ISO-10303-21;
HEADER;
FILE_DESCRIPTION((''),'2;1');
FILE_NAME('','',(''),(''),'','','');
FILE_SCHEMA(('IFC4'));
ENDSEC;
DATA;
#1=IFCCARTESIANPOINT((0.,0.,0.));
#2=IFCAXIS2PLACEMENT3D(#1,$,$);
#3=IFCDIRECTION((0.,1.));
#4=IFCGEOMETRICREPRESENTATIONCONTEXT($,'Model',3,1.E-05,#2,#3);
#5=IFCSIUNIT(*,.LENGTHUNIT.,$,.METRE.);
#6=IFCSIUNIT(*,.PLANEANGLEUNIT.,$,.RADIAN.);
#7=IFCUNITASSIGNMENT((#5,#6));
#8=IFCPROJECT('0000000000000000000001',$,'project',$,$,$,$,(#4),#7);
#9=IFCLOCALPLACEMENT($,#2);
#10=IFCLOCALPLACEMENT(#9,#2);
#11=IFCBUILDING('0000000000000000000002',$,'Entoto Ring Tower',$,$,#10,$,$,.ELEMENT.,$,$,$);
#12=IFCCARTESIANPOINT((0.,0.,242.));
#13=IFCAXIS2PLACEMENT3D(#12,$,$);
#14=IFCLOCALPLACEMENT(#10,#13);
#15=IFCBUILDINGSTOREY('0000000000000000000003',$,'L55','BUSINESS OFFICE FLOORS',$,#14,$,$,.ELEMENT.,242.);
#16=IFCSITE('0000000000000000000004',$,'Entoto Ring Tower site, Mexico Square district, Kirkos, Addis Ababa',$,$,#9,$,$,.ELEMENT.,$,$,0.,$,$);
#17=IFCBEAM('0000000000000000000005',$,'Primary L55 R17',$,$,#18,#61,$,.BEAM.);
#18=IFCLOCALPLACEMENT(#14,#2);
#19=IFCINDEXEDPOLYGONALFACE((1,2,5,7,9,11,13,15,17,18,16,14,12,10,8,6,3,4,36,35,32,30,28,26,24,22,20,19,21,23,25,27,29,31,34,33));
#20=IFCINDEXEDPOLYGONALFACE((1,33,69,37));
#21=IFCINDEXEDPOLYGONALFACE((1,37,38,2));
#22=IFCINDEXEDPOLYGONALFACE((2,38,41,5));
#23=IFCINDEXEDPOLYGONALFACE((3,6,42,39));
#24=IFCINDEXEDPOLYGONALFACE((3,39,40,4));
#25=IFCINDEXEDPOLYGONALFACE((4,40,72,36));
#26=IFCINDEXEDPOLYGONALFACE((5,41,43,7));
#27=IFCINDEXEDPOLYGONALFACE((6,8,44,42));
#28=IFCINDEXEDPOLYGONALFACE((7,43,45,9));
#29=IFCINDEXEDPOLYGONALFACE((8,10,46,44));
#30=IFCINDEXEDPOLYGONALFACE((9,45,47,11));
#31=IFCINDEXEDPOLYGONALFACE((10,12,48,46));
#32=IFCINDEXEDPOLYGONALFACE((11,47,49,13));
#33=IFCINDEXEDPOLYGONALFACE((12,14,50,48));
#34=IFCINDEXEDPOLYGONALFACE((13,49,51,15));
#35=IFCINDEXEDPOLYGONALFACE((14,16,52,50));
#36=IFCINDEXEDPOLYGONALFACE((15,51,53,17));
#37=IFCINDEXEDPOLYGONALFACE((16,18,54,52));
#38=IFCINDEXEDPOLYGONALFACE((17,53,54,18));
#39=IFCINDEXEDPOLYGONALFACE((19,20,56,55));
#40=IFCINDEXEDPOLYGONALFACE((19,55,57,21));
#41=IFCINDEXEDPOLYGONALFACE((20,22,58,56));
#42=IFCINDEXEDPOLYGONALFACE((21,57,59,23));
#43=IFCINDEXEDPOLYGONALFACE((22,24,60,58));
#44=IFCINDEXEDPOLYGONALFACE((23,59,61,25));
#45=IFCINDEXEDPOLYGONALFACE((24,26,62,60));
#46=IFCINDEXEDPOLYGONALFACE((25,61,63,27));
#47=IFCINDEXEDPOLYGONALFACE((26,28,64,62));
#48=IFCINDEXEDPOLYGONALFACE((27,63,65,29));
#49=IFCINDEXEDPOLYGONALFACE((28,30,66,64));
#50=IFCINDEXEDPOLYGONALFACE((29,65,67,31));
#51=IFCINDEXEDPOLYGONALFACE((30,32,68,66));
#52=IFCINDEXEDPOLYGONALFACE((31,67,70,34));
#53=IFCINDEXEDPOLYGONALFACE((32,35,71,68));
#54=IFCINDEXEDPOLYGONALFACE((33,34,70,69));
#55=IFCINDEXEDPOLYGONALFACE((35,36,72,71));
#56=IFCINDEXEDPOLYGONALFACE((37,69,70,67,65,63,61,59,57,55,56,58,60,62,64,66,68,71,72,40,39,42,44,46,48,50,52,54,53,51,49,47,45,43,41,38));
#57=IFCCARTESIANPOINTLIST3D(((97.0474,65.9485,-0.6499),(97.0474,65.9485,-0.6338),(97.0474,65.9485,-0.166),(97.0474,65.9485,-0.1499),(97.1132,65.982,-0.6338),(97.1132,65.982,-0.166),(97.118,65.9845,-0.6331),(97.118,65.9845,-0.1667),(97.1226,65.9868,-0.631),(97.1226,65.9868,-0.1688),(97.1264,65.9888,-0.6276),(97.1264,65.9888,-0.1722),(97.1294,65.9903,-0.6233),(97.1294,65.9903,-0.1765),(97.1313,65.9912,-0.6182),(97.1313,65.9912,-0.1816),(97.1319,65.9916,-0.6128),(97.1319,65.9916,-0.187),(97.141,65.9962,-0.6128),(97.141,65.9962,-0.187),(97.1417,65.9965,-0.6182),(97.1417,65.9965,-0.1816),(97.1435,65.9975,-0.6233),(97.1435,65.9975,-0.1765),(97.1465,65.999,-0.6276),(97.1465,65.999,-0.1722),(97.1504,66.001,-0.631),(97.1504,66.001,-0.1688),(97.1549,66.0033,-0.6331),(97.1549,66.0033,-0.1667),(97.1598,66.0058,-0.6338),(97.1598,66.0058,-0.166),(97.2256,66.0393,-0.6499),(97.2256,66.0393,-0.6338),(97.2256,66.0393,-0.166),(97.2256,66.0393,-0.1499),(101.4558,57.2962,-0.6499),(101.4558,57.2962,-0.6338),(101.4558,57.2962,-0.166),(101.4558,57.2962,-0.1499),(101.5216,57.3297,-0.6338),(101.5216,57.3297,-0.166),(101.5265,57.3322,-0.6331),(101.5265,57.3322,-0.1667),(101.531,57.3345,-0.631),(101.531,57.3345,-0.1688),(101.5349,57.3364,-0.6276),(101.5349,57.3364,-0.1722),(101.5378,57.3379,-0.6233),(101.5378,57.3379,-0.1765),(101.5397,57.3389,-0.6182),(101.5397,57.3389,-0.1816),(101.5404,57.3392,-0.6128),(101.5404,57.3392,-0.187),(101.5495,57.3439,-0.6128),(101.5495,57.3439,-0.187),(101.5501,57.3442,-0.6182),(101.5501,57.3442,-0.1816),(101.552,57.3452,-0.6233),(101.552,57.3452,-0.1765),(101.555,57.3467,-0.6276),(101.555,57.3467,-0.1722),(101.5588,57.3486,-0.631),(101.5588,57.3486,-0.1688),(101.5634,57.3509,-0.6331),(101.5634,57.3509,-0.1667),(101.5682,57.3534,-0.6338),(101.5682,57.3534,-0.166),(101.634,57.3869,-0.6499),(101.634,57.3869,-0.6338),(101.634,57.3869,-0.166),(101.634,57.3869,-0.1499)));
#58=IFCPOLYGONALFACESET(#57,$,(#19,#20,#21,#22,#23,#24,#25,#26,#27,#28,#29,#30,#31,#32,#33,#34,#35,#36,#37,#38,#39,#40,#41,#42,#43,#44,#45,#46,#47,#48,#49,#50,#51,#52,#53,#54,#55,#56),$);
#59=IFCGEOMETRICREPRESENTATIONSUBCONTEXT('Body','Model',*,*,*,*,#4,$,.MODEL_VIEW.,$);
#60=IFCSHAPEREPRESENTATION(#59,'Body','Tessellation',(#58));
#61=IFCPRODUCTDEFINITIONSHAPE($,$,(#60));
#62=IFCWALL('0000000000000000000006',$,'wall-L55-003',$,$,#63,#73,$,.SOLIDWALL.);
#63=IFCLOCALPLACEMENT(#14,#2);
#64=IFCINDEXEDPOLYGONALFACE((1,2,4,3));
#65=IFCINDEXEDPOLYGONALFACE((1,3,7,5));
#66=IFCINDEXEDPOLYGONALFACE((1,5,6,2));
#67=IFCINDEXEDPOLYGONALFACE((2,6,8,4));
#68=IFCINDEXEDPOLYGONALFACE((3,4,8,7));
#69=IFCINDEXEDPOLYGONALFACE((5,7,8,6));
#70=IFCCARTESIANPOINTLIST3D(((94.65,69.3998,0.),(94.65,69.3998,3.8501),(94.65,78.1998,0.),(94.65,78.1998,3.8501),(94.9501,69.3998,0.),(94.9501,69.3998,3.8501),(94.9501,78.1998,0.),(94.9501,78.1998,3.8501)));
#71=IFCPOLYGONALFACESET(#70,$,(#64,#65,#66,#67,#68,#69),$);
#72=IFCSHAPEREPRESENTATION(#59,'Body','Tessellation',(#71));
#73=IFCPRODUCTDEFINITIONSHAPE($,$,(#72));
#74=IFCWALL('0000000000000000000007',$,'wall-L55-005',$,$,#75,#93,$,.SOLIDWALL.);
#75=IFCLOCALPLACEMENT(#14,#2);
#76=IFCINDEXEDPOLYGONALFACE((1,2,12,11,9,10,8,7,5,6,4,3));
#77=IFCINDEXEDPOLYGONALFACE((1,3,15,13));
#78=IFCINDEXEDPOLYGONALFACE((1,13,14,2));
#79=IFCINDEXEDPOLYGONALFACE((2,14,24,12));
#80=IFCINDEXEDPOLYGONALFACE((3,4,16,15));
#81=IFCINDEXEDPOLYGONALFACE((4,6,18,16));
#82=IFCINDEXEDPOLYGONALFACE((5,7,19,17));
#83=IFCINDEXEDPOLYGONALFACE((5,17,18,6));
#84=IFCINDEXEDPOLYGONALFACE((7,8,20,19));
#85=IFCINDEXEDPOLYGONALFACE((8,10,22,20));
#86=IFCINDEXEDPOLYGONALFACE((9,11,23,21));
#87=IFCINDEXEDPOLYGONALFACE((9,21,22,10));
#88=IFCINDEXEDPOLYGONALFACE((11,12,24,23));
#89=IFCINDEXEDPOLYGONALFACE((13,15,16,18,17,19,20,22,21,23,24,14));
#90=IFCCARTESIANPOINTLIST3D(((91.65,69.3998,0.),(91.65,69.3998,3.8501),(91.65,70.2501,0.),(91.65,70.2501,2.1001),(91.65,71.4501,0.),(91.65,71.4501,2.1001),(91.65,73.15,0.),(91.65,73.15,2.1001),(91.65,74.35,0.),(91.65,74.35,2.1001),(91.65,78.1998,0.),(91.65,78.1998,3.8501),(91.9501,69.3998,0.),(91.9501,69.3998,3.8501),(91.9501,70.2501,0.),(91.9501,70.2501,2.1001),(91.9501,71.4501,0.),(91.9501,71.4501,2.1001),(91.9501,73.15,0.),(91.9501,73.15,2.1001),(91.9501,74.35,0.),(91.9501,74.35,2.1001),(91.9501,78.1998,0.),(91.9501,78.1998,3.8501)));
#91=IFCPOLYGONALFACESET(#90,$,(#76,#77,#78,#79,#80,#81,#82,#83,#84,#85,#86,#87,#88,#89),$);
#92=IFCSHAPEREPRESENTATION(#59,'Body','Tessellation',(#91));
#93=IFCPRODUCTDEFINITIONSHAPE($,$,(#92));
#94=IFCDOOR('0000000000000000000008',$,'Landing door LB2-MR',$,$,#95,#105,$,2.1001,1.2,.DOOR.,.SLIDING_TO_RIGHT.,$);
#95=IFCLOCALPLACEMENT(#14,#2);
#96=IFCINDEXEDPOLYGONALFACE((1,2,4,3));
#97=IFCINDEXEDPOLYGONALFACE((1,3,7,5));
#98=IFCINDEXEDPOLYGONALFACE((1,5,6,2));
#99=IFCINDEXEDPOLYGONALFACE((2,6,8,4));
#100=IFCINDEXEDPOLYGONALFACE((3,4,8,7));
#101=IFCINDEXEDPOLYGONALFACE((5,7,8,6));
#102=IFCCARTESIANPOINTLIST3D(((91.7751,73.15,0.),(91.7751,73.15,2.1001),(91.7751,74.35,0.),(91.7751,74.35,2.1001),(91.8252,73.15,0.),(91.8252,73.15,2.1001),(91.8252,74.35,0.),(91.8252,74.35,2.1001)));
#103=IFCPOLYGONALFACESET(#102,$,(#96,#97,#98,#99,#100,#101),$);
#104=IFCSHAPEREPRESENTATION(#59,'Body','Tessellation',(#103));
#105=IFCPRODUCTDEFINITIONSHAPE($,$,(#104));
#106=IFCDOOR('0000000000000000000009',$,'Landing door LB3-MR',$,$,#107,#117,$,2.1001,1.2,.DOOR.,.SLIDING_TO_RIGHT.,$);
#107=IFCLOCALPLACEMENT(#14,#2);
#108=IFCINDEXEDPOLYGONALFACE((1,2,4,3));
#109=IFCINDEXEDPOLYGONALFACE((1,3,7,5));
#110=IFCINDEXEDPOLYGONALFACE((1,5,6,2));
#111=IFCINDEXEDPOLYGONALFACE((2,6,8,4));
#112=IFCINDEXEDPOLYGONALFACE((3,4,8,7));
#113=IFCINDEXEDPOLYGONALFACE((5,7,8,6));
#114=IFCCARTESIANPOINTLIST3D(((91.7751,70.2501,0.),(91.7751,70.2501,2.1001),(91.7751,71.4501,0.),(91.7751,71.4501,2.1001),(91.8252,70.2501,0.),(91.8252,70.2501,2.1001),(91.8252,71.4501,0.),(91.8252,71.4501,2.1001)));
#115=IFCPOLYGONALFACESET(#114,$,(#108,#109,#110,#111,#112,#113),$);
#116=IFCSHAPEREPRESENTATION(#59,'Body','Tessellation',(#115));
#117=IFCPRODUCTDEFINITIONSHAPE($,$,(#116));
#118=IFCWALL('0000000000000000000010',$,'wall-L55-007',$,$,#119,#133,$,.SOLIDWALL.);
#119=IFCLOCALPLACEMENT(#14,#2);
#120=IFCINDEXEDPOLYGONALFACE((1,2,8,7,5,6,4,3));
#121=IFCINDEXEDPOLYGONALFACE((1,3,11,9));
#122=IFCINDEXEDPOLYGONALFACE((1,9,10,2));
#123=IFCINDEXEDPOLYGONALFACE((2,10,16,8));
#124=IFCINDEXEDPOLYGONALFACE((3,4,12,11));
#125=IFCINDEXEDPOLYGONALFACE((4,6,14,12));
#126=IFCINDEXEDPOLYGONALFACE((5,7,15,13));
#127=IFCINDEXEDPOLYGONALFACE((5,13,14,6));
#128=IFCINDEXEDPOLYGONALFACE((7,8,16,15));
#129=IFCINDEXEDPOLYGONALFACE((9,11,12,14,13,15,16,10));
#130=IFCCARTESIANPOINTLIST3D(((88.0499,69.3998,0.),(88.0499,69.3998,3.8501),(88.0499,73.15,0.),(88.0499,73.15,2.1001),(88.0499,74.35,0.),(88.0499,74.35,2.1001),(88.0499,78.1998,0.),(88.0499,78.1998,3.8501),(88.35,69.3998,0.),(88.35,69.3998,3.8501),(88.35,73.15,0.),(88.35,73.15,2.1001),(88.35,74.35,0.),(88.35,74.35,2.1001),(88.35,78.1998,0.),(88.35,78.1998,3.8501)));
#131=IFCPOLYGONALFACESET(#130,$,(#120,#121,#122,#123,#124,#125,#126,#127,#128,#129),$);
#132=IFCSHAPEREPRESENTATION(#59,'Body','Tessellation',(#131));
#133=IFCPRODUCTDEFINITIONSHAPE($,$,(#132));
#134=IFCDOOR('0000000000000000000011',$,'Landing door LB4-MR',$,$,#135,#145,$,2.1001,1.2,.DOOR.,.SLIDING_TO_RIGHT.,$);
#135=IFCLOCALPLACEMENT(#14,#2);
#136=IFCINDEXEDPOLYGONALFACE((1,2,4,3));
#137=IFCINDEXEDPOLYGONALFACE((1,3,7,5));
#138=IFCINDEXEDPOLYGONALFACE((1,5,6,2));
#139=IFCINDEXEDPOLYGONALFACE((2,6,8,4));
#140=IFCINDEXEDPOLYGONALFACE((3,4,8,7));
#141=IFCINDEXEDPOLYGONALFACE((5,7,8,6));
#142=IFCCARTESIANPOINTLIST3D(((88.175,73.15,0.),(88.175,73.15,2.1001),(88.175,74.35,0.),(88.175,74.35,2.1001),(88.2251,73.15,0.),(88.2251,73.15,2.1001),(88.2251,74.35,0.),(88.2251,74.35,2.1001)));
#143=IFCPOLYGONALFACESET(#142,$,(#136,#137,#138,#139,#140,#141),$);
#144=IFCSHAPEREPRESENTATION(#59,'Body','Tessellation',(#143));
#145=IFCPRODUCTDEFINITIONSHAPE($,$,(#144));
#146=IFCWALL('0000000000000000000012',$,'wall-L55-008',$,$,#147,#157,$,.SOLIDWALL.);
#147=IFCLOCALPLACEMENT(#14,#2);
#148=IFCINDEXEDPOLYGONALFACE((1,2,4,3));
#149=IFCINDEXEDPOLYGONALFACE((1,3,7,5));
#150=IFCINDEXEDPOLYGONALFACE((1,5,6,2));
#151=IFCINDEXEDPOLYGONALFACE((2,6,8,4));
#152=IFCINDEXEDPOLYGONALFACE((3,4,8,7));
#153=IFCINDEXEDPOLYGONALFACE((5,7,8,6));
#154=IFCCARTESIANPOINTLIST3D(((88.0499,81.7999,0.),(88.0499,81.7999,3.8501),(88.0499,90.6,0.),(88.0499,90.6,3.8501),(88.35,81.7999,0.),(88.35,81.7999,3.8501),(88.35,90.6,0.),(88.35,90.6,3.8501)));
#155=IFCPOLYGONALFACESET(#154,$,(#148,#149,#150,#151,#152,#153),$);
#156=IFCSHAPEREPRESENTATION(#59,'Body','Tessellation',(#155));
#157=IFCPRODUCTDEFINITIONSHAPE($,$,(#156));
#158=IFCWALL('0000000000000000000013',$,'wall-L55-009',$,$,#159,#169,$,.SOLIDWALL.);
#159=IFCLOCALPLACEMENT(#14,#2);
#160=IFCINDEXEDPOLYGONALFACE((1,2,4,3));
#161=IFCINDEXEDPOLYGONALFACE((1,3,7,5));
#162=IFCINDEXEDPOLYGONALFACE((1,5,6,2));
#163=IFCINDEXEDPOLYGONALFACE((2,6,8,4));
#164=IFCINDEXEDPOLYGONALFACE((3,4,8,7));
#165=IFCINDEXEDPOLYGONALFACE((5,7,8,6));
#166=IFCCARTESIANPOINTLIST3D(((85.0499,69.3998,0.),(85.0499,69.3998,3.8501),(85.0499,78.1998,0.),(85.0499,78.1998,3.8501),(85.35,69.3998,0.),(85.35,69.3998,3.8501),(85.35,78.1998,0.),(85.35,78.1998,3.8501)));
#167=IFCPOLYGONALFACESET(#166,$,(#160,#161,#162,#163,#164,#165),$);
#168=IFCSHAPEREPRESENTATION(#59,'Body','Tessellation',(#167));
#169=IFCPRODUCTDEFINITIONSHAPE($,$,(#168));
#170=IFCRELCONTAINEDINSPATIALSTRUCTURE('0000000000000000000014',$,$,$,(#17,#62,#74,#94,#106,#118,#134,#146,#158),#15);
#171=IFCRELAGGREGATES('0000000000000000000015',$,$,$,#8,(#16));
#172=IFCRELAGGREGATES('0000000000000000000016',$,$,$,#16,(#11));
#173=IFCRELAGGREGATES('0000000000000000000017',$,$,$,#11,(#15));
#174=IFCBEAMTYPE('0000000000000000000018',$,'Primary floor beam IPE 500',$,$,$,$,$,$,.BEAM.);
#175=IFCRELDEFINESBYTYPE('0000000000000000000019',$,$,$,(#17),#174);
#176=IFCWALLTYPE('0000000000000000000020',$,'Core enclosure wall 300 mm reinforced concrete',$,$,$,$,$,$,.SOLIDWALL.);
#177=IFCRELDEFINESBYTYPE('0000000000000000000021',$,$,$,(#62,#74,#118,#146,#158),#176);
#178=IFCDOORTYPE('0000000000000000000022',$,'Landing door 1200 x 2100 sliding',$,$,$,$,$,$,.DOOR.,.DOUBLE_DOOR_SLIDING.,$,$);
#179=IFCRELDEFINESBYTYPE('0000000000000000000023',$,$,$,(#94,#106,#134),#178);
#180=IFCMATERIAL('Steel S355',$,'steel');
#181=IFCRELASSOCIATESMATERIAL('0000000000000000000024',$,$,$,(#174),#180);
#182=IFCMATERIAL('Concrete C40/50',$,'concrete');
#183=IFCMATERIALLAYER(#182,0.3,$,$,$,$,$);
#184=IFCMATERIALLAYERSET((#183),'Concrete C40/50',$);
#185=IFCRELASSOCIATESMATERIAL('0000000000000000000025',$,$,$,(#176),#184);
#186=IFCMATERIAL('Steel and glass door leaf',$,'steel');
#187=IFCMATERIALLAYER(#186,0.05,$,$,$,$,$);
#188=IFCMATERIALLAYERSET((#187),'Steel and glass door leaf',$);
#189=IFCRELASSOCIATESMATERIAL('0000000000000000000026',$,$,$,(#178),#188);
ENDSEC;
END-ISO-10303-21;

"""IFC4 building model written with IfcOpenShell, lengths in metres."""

from ifc_helpers import new_model, si_unit, direction, frame, frame_2d, origin, origin_2d, place, context, subcontext, project, spatial, rectangle, i_section, extrude, material, layer, layer_set, material_profile, profile_set, type_object, element, fill, save


model = new_model("IFC4")

# Units and contexts
model_context = context("Model", 3, precision=1e-05, world=origin(), true_north=direction((0.0, 1.0)))
body_context = subcontext(model_context, "Body", "Model", "MODEL_VIEW")
ifc_project = project(units=[si_unit("LENGTHUNIT", "METRE"), si_unit("PLANEANGLEUNIT", "RADIAN")], contexts=[model_context])

# Site, building, storey
site_placement = place(None, origin())
site = spatial("IfcSite", under=ifc_project, at=site_placement, Name="Entoto Ring Tower site, Mexico Square district, Kirkos, Addis Ababa", CompositionType="ELEMENT", RefElevation=0.0)
building_placement = place(site_placement, origin())
building = spatial("IfcBuilding", under=site, at=building_placement, Name="Entoto Ring Tower", CompositionType="ELEMENT")
storey_placement = place(building_placement, frame((0.0, 0.0, 242.0)))
storey = spatial("IfcBuildingStorey", under=building, at=storey_placement, Name="L55", Description="BUSINESS OFFICE FLOORS", CompositionType="ELEMENT", Elevation=242.0)

# Beam
ifc_material_1 = material(Name="Steel S355", Category="steel")
ifc_material_profile = material_profile(ifc_material_1, i_section(OverallWidth=0.2, OverallDepth=0.5, WebThickness=0.0103, FlangeThickness=0.0161, FilletRadius=0.021, at=origin_2d()), Name="IPE 500")
ifc_profile_set = profile_set([ifc_material_profile], Name="Steel S355")
beam_type = type_object("IfcBeamType", Name="Primary floor beam IPE 500", PredefinedType="BEAM", material=ifc_profile_set)
beam_placement = place(storey_placement, frame((97.1365, 65.9939, -0.3999), z_axis=(0.453979, -0.891012, 0.0), x_axis=(0.891012, 0.453979, 0.0)))
element("IfcBeam", 1, at=beam_placement, inside=storey, type_object=beam_type, Name="Primary L55 R17", PredefinedType="BEAM", context=body_context, shape_type="SweptSolid", body=[
    extrude(i_section(OverallWidth=0.2, OverallDepth=0.5, WebThickness=0.0103, FlangeThickness=0.0161, FilletRadius=0.021, at=origin_2d()), origin(), (0.0, 0.0, 1.0), 9.7107),
])

# Wall
ifc_material_2 = material(Name="Concrete C40/50", Category="concrete")
ifc_layer_1 = layer(ifc_material_2, 0.3)
ifc_layer_set_1 = layer_set([ifc_layer_1], Name="Concrete C40/50")
wall_type_1 = type_object("IfcWallType", Name="Core enclosure wall 300 mm reinforced concrete", PredefinedType="SOLIDWALL", material=ifc_layer_set_1)
wall_1_placement = place(storey_placement, frame((94.8, 69.3999, 0.0), z_axis=(0.0, 0.0, 1.0), x_axis=(0.0, 1.0, 0.0)))
element("IfcWall", 2, at=wall_1_placement, inside=storey, type_object=wall_type_1, Name="wall-L55-003", PredefinedType="SOLIDWALL", context=body_context, shape_type="SweptSolid", body=[
    extrude(rectangle(XDim=8.8, YDim=0.3, at=frame_2d((4.3999, 0.0))), origin(), (0.0, 0.0, 1.0), 3.8501),
])

# Wall, openings, doors
wall_2_placement = place(storey_placement, frame((91.8, 69.3999, 0.0), z_axis=(0.0, 0.0, 1.0), x_axis=(0.0, 1.0, 0.0)))
wall_2 = element("IfcWall", 3, at=wall_2_placement, inside=storey, type_object=wall_type_1, Name="wall-L55-005", PredefinedType="SOLIDWALL", context=body_context, shape_type="SweptSolid", body=[
    extrude(rectangle(XDim=8.8, YDim=0.3, at=frame_2d((4.3999, 0.0))), origin(), (0.0, 0.0, 1.0), 3.8501),
])
opening_1_placement = place(wall_2_placement, frame((3.75, 0.0, 0.0)))
opening_1 = element("IfcOpeningElement", 4, at=opening_1_placement, cuts=wall_2, PredefinedType="OPENING", context=body_context, shape_type="SweptSolid", body=[
    extrude(rectangle(XDim=1.2, YDim=2.1001, at=frame_2d((0.6001, 1.05))), frame((0.0, 0.1602, 0.0), z_axis=(0.0, -1.0, 0.0), x_axis=(1.0, 0.0, 0.0)), (0.0, 0.0, 1.0), 0.3201),
])
opening_2_placement = place(wall_2_placement, frame((0.8501, 0.0, 0.0)))
opening_2 = element("IfcOpeningElement", 5, at=opening_2_placement, cuts=wall_2, PredefinedType="OPENING", context=body_context, shape_type="SweptSolid", body=[
    extrude(rectangle(XDim=1.2, YDim=2.1001, at=frame_2d((0.6001, 1.05))), frame((0.0, 0.1602, 0.0), z_axis=(0.0, -1.0, 0.0), x_axis=(1.0, 0.0, 0.0)), (0.0, 0.0, 1.0), 0.3201),
])
ifc_material_3 = material(Name="Steel and glass door leaf", Category="steel")
ifc_layer_2 = layer(ifc_material_3, 0.05)
ifc_layer_set_2 = layer_set([ifc_layer_2], Name="Steel and glass door leaf")
door_type_1 = type_object("IfcDoorType", Name="Landing door 1200 x 2100 sliding", OperationType="DOUBLE_DOOR_SLIDING", PredefinedType="DOOR", material=ifc_layer_set_2)
door_1_placement = place(opening_1_placement, origin())
door_1 = element("IfcDoor", 6, at=door_1_placement, inside=storey, type_object=door_type_1, Name="Landing door LB2-MR", OperationType="SLIDING_TO_RIGHT", OverallHeight=2.1001, OverallWidth=1.2, PredefinedType="DOOR", context=body_context, shape_type="SweptSolid", body=[
    extrude(rectangle(XDim=1.2, YDim=2.1001, at=frame_2d((0.6001, 1.05))), frame((0.0, 0.0249, 0.0), z_axis=(0.0, -1.0, 0.0), x_axis=(1.0, 0.0, 0.0)), (0.0, 0.0, 1.0), 0.05),
])
fill(opening_1, door_1)
door_2_placement = place(opening_2_placement, origin())
door_2 = element("IfcDoor", 7, at=door_2_placement, inside=storey, type_object=door_type_1, Name="Landing door LB3-MR", OperationType="SLIDING_TO_RIGHT", OverallHeight=2.1001, OverallWidth=1.2, PredefinedType="DOOR", context=body_context, shape_type="SweptSolid", body=[
    extrude(rectangle(XDim=1.2, YDim=2.1001, at=frame_2d((0.6001, 1.05))), frame((0.0, 0.0249, 0.0), z_axis=(0.0, -1.0, 0.0), x_axis=(1.0, 0.0, 0.0)), (0.0, 0.0, 1.0), 0.05),
])
fill(opening_2, door_2)

# Wall, opening, door
wall_3_placement = place(storey_placement, frame((88.2, 69.3999, 0.0), z_axis=(0.0, 0.0, 1.0), x_axis=(0.0, 1.0, 0.0)))
wall_3 = element("IfcWall", 8, at=wall_3_placement, inside=storey, type_object=wall_type_1, Name="wall-L55-007", PredefinedType="SOLIDWALL", context=body_context, shape_type="SweptSolid", body=[
    extrude(rectangle(XDim=8.8, YDim=0.3, at=frame_2d((4.3999, 0.0))), origin(), (0.0, 0.0, 1.0), 3.8501),
])
opening_3_placement = place(wall_3_placement, frame((3.75, 0.0, 0.0)))
opening_3 = element("IfcOpeningElement", 9, at=opening_3_placement, cuts=wall_3, PredefinedType="OPENING", context=body_context, shape_type="SweptSolid", body=[
    extrude(rectangle(XDim=1.2, YDim=2.1001, at=frame_2d((0.6001, 1.05))), frame((0.0, 0.1602, 0.0), z_axis=(0.0, -1.0, 0.0), x_axis=(1.0, 0.0, 0.0)), (0.0, 0.0, 1.0), 0.3201),
])
door_3_placement = place(opening_3_placement, origin())
door_3 = element("IfcDoor", 10, at=door_3_placement, inside=storey, type_object=door_type_1, Name="Landing door LB4-MR", OperationType="SLIDING_TO_RIGHT", OverallHeight=2.1001, OverallWidth=1.2, PredefinedType="DOOR", context=body_context, shape_type="SweptSolid", body=[
    extrude(rectangle(XDim=1.2, YDim=2.1001, at=frame_2d((0.6001, 1.05))), frame((0.0, 0.0249, 0.0), z_axis=(0.0, -1.0, 0.0), x_axis=(1.0, 0.0, 0.0)), (0.0, 0.0, 1.0), 0.05),
])
fill(opening_3, door_3)

# Walls
for number, where, z_axis, x_axis, name in (
    (11, (88.2, 81.8, 0.0), (0.0, 0.0, 1.0), (0.0, 1.0, 0.0), "wall-L55-008"),
    (12, (85.2, 69.3999, 0.0), (0.0, 0.0, 1.0), (0.0, 1.0, 0.0), "wall-L55-009"),
):
    element("IfcWall", number, at=place(storey_placement, frame(where, z_axis=z_axis, x_axis=x_axis)), inside=storey, type_object=wall_type_1, Name=name, PredefinedType="SOLIDWALL", context=body_context, shape_type="SweptSolid", body=[
        extrude(rectangle(XDim=8.8, YDim=0.3, at=frame_2d((4.3999, 0.0))), origin(), (0.0, 0.0, 1.0), 3.8501),
    ])

save(model, "model.ifc")
